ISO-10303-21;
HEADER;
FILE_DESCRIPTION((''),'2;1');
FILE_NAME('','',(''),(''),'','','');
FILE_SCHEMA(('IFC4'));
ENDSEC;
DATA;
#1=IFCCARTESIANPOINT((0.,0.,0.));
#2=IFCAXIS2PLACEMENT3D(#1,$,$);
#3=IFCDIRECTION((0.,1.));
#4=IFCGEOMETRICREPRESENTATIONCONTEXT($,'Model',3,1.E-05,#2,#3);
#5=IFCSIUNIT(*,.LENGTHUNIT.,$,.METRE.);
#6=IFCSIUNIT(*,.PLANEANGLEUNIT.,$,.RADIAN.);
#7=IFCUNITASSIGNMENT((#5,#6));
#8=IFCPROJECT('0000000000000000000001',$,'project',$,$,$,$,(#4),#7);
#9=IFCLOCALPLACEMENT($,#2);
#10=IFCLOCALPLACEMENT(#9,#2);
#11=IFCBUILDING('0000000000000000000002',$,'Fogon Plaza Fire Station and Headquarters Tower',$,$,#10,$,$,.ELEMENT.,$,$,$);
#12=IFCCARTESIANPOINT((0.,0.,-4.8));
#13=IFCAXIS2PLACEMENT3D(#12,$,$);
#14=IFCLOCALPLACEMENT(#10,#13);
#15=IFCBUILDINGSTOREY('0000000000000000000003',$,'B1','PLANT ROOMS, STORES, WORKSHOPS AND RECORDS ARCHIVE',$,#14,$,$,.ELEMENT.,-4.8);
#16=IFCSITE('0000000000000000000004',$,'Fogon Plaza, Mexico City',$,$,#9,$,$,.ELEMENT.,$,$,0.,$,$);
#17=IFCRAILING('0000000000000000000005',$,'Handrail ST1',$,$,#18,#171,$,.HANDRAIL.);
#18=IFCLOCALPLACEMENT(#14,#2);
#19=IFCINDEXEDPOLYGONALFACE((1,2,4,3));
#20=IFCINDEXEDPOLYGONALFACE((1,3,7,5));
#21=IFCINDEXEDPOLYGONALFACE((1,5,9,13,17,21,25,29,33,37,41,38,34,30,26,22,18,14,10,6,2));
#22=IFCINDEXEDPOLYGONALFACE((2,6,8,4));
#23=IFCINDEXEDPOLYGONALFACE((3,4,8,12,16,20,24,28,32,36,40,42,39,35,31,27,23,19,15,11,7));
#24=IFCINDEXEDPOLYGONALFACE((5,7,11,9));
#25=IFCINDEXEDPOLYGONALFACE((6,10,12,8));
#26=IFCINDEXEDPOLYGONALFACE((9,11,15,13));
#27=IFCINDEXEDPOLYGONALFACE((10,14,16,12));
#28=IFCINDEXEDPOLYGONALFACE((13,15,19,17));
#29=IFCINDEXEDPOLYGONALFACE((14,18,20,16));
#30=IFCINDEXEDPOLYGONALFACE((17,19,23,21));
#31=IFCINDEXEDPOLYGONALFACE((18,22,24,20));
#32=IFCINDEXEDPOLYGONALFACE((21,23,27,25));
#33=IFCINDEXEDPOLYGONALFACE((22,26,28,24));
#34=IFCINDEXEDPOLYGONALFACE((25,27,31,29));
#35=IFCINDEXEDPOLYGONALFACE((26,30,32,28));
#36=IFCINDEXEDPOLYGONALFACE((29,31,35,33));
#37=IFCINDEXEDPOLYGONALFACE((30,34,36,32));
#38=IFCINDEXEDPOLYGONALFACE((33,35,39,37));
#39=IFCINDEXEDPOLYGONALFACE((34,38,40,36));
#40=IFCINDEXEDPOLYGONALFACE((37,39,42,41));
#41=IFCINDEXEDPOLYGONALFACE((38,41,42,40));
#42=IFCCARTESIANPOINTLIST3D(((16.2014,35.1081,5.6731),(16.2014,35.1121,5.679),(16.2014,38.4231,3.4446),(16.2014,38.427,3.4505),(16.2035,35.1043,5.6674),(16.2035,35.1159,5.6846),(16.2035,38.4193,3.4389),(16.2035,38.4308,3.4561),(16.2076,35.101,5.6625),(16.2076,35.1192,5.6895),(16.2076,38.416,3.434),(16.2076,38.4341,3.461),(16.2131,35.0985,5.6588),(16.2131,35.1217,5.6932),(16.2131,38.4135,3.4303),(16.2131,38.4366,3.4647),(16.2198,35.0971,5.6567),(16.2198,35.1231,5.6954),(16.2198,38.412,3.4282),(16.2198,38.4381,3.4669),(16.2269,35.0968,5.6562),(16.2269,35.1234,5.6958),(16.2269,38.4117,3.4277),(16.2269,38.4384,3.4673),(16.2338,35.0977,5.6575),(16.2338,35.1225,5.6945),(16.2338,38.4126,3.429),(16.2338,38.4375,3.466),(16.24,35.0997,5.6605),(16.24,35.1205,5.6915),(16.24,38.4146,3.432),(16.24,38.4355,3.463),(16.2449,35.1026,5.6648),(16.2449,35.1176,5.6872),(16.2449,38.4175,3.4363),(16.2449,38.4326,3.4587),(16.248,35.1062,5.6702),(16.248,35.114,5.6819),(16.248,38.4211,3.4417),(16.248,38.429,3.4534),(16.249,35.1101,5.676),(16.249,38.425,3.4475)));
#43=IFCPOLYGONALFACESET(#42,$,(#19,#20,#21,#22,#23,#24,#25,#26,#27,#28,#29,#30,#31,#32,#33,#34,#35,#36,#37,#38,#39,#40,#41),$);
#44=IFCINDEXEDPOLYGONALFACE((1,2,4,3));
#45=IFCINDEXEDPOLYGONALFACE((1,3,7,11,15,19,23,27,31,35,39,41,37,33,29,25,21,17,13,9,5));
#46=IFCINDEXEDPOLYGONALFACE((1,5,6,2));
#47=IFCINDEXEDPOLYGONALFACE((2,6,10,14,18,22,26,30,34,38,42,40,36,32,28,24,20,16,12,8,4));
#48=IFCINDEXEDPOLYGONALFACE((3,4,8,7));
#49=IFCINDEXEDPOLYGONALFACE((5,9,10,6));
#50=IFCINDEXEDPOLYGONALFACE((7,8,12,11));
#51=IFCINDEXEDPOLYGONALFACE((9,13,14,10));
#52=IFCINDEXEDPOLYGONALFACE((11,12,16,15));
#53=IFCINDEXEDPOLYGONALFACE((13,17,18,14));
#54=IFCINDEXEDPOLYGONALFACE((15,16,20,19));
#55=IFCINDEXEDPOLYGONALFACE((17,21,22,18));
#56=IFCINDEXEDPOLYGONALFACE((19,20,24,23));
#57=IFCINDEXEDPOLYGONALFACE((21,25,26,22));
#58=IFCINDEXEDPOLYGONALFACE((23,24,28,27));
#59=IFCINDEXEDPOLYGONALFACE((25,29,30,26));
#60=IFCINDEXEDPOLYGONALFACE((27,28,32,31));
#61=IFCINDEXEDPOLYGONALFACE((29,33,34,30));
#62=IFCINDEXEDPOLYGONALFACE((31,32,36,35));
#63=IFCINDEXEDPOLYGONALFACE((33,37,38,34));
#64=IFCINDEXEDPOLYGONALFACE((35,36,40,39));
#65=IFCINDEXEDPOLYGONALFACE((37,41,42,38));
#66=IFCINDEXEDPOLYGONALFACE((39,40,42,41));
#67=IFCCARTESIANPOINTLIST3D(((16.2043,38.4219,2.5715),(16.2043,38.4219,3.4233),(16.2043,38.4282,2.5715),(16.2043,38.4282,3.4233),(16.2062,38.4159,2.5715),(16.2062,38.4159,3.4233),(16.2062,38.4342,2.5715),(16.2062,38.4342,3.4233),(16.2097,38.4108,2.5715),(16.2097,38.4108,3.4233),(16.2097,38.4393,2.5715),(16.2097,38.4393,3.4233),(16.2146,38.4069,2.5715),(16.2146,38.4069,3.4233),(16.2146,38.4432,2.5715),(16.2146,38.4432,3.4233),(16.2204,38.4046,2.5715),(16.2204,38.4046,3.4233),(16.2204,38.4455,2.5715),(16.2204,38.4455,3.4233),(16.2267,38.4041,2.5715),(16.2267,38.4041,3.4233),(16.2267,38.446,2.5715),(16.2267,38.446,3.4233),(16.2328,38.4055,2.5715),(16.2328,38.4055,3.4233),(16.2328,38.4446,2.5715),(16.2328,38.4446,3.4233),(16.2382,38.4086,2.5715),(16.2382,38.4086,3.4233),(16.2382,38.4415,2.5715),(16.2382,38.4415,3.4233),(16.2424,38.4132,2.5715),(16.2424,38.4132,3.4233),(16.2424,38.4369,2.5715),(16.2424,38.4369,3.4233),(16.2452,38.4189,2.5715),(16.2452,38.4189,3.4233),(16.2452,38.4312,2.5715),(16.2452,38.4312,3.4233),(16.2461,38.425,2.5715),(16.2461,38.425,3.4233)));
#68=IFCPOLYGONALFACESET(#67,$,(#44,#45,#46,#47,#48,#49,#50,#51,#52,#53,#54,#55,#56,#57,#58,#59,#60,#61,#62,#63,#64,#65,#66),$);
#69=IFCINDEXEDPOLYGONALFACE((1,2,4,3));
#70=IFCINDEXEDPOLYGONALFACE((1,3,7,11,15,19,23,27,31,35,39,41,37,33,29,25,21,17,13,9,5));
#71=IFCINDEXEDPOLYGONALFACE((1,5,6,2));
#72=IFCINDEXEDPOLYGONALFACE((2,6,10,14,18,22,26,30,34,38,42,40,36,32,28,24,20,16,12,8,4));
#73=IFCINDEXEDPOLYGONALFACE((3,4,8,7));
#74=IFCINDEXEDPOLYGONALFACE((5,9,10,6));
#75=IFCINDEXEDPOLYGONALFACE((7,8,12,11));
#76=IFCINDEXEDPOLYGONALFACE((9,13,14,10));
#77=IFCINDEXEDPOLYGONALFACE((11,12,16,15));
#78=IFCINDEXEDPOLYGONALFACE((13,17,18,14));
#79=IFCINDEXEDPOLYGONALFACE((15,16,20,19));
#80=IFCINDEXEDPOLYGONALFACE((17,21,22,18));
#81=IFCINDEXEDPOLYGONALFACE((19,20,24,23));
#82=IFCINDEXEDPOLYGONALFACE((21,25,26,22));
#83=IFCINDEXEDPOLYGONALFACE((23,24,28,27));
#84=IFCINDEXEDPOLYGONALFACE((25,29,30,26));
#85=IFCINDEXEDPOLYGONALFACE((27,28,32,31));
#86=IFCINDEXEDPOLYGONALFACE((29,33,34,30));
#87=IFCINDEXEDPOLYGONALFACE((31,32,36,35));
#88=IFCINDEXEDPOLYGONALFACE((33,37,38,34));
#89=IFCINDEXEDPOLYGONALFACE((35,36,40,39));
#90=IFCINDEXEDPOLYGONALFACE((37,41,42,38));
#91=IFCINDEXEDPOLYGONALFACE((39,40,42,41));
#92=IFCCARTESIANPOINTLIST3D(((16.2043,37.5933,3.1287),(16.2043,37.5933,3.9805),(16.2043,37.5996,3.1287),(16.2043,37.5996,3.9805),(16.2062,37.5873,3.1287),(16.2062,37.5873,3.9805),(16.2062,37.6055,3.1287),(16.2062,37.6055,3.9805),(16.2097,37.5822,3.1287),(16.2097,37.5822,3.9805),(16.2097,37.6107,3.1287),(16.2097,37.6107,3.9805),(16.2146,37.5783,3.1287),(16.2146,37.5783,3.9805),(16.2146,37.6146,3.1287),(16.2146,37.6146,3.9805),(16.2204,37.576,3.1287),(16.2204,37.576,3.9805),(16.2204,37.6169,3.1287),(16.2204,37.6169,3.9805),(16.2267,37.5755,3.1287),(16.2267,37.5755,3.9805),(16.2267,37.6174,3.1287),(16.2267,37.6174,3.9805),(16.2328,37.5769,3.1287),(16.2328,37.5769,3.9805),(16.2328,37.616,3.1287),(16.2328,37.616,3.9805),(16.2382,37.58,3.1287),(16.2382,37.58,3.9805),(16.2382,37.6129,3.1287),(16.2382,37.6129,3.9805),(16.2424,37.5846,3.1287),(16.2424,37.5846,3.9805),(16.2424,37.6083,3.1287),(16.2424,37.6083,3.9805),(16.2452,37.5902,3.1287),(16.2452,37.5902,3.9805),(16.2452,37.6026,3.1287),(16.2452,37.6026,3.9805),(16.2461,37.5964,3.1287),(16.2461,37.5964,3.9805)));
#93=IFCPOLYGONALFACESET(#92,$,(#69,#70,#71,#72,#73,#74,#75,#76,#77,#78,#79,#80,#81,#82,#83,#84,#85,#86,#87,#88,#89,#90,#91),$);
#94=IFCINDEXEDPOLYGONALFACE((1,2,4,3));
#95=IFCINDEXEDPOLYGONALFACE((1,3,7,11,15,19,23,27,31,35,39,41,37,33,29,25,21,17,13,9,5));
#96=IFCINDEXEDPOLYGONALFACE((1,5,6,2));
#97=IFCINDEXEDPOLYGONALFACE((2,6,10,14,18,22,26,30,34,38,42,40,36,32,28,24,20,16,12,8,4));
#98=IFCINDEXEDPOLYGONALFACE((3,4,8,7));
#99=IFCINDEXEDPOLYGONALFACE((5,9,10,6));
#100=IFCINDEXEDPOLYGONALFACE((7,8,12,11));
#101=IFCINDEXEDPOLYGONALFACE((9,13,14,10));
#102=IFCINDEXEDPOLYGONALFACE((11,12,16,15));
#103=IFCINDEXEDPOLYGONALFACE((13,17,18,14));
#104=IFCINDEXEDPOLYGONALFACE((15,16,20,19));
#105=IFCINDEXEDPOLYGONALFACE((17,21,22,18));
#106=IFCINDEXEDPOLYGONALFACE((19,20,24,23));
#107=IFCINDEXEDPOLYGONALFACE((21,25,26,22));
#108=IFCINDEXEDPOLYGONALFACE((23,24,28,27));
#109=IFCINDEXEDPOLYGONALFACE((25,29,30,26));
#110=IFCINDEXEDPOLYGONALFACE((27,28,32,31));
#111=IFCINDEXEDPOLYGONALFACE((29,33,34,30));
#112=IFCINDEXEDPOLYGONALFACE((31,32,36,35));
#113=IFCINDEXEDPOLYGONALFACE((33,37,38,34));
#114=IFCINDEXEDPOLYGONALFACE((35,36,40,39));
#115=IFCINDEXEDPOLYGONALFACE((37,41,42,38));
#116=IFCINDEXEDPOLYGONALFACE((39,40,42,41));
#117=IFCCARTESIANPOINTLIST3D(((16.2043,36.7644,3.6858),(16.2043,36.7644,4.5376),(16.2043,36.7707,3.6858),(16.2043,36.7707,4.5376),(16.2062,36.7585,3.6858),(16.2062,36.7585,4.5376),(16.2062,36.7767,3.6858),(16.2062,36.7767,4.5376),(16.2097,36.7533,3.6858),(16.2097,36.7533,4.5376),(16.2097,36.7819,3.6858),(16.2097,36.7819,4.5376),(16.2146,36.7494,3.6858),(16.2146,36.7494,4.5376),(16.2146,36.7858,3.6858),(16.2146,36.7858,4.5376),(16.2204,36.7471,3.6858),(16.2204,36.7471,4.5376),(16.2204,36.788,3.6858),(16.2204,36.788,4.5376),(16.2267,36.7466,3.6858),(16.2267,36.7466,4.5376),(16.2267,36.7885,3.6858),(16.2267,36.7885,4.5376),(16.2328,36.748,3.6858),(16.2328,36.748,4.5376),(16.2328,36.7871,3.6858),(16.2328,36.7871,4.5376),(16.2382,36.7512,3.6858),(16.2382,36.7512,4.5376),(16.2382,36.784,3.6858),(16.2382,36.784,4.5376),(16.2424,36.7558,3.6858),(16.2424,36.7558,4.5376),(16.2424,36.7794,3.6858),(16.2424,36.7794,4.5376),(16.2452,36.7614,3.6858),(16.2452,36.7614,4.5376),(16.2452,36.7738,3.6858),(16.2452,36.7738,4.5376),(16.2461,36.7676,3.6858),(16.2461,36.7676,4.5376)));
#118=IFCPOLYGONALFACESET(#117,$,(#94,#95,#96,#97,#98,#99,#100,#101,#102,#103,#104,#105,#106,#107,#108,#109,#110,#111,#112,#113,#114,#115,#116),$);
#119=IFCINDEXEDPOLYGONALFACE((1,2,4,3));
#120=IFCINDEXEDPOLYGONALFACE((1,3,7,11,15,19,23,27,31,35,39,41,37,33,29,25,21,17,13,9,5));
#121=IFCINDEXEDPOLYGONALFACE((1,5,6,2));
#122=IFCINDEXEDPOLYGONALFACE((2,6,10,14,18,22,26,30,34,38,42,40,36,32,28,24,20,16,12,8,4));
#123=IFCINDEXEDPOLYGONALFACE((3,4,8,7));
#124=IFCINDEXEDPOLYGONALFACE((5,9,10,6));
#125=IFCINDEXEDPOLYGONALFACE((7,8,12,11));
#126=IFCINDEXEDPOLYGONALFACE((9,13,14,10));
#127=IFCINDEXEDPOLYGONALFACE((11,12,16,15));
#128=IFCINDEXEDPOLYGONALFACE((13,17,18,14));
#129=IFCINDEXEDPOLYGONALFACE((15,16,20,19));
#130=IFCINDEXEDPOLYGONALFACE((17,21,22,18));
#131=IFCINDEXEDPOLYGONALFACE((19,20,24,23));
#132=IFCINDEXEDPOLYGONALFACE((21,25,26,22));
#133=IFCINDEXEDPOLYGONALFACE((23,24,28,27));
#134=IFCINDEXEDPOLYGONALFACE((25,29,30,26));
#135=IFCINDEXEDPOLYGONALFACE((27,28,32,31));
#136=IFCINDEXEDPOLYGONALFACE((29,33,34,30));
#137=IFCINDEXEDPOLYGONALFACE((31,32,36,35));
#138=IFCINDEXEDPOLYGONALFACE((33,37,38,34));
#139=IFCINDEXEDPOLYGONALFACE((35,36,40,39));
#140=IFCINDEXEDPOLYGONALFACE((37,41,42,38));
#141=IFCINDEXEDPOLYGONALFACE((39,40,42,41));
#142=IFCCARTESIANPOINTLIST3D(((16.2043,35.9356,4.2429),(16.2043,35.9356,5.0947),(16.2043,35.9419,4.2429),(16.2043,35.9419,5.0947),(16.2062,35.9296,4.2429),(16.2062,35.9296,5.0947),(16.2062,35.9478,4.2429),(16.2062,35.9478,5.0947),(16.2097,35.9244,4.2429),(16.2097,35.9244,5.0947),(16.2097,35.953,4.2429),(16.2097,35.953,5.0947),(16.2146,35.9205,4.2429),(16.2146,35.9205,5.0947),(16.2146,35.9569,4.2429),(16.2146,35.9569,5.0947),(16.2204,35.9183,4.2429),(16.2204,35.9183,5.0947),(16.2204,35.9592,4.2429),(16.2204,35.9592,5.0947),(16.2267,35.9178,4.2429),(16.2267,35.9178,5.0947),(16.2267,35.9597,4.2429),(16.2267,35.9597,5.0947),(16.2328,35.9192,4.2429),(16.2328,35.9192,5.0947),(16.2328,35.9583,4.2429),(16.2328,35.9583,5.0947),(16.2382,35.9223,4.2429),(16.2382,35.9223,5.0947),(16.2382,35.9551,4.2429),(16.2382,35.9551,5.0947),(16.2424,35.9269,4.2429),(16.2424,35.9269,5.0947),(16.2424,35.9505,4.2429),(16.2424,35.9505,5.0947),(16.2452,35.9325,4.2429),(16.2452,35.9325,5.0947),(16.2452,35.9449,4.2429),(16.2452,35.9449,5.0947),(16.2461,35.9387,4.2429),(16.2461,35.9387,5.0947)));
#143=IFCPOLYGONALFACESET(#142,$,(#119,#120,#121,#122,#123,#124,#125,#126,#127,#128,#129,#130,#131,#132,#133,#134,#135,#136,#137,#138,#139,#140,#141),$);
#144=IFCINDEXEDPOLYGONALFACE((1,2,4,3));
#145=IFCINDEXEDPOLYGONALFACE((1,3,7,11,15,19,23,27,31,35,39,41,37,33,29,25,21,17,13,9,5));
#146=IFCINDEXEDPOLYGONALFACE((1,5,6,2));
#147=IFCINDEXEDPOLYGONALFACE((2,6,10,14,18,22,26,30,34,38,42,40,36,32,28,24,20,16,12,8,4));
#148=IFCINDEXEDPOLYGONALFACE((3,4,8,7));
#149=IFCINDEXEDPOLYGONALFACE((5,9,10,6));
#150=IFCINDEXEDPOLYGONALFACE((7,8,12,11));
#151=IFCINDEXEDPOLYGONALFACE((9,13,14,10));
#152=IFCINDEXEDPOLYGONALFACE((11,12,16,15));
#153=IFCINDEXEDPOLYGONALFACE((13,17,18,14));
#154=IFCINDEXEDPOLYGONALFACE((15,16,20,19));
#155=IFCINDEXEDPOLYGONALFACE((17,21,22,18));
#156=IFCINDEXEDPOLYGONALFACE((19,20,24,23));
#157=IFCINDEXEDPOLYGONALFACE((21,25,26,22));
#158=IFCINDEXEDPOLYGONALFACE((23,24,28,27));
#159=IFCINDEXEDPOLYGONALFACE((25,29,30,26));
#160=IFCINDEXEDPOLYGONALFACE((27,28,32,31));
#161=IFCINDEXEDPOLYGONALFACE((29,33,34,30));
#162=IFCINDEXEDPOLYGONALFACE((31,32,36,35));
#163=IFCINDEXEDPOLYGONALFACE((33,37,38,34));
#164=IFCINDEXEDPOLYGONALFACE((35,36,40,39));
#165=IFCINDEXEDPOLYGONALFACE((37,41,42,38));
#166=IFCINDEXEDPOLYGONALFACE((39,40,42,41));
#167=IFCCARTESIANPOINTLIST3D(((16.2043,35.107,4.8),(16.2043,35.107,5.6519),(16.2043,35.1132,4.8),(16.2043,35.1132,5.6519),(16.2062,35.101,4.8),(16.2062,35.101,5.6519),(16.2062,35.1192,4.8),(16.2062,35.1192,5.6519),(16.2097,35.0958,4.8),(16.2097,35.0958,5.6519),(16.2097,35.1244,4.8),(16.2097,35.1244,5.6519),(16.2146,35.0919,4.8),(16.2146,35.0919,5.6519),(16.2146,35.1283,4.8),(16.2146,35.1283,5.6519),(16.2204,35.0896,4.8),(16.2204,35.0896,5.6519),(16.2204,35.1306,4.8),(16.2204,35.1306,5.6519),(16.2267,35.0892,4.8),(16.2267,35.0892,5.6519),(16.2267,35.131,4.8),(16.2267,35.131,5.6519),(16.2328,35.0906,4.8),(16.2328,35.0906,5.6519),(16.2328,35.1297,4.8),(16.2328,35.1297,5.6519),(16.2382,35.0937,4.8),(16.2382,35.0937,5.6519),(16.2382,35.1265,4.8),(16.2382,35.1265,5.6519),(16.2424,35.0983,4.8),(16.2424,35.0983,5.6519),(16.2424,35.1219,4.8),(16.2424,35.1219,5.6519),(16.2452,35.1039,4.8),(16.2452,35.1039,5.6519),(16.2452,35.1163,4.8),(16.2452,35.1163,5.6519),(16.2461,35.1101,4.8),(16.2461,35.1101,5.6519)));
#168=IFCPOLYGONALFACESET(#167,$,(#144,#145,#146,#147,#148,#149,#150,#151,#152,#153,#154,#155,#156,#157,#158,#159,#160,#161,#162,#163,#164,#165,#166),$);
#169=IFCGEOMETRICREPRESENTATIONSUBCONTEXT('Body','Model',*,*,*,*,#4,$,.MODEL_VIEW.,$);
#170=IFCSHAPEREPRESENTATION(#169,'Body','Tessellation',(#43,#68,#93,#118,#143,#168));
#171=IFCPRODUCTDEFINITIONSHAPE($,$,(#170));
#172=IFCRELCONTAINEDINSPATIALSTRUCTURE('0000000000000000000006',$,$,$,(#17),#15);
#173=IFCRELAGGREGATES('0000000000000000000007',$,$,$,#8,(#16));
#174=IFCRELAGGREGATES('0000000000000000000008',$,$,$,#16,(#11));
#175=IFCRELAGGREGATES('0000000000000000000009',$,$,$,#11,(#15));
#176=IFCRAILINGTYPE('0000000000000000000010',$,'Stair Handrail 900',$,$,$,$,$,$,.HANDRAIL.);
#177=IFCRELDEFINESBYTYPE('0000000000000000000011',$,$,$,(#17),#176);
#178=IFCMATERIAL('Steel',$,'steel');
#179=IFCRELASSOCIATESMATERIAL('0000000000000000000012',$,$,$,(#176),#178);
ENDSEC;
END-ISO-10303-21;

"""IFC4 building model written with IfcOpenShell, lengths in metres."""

from ifc_helpers import new_model, si_unit, direction, frame, origin, origin_2d, place, context, subcontext, project, spatial, circle, extrude, material, type_object, element, save


model = new_model("IFC4")

# Units and contexts
model_context = context("Model", 3, precision=1e-05, world=origin(), true_north=direction((0.0, 1.0)))
body_context = subcontext(model_context, "Body", "Model", "MODEL_VIEW")
ifc_project = project(units=[si_unit("LENGTHUNIT", "METRE"), si_unit("PLANEANGLEUNIT", "RADIAN")], contexts=[model_context])

# Site, building, storey
site_placement = place(None, origin())
site = spatial("IfcSite", under=ifc_project, at=site_placement, Name="Fogon Plaza, Mexico City", CompositionType="ELEMENT", RefElevation=0.0)
building_placement = place(site_placement, origin())
building = spatial("IfcBuilding", under=site, at=building_placement, Name="Fogon Plaza Fire Station and Headquarters Tower", CompositionType="ELEMENT")
storey_placement = place(building_placement, frame((0.0, 0.0, -4.8)))
storey = spatial("IfcBuildingStorey", under=building, at=storey_placement, Name="B1", Description="PLANT ROOMS, STORES, WORKSHOPS AND RECORDS ARCHIVE", CompositionType="ELEMENT", Elevation=-4.8)

# Railing
ifc_material_1 = material(Name="Steel", Category="steel")
railing_type = type_object("IfcRailingType", Name="Stair Handrail 900", PredefinedType="HANDRAIL", material=ifc_material_1)
railing_placement = place(storey_placement, frame((16.2251, 38.425, 2.5715)))
element("IfcRailing", 1, at=railing_placement, inside=storey, type_object=railing_type, Name="Handrail ST1", PredefinedType="HANDRAIL", context=body_context, shape_type="SweptSolid", body=[
    extrude(circle(Radius=0.0239, at=origin_2d()), frame((0.0, 0.0, 0.876), z_axis=(0.0, -0.8299, 0.557912), x_axis=(1.0, 0.0, 0.0)), (0.0, 0.0, 1.0), 3.9944),
    extrude(circle(Radius=0.021, at=origin_2d()), origin(), (0.0, 0.0, 1.0), 0.8518),
    extrude(circle(Radius=0.021, at=origin_2d()), frame((0.0, -0.8286, 0.5571)), (0.0, 0.0, 1.0), 0.8518),
    extrude(circle(Radius=0.021, at=origin_2d()), frame((0.0, -1.6575, 1.1143)), (0.0, 0.0, 1.0), 0.8518),
    extrude(circle(Radius=0.021, at=origin_2d()), frame((0.0, -2.4863, 1.6714)), (0.0, 0.0, 1.0), 0.8518),
    extrude(circle(Radius=0.021, at=origin_2d()), frame((0.0, -3.3149, 2.2285)), (0.0, 0.0, 1.0), 0.8518),
])

save(model, "model.ifc")
